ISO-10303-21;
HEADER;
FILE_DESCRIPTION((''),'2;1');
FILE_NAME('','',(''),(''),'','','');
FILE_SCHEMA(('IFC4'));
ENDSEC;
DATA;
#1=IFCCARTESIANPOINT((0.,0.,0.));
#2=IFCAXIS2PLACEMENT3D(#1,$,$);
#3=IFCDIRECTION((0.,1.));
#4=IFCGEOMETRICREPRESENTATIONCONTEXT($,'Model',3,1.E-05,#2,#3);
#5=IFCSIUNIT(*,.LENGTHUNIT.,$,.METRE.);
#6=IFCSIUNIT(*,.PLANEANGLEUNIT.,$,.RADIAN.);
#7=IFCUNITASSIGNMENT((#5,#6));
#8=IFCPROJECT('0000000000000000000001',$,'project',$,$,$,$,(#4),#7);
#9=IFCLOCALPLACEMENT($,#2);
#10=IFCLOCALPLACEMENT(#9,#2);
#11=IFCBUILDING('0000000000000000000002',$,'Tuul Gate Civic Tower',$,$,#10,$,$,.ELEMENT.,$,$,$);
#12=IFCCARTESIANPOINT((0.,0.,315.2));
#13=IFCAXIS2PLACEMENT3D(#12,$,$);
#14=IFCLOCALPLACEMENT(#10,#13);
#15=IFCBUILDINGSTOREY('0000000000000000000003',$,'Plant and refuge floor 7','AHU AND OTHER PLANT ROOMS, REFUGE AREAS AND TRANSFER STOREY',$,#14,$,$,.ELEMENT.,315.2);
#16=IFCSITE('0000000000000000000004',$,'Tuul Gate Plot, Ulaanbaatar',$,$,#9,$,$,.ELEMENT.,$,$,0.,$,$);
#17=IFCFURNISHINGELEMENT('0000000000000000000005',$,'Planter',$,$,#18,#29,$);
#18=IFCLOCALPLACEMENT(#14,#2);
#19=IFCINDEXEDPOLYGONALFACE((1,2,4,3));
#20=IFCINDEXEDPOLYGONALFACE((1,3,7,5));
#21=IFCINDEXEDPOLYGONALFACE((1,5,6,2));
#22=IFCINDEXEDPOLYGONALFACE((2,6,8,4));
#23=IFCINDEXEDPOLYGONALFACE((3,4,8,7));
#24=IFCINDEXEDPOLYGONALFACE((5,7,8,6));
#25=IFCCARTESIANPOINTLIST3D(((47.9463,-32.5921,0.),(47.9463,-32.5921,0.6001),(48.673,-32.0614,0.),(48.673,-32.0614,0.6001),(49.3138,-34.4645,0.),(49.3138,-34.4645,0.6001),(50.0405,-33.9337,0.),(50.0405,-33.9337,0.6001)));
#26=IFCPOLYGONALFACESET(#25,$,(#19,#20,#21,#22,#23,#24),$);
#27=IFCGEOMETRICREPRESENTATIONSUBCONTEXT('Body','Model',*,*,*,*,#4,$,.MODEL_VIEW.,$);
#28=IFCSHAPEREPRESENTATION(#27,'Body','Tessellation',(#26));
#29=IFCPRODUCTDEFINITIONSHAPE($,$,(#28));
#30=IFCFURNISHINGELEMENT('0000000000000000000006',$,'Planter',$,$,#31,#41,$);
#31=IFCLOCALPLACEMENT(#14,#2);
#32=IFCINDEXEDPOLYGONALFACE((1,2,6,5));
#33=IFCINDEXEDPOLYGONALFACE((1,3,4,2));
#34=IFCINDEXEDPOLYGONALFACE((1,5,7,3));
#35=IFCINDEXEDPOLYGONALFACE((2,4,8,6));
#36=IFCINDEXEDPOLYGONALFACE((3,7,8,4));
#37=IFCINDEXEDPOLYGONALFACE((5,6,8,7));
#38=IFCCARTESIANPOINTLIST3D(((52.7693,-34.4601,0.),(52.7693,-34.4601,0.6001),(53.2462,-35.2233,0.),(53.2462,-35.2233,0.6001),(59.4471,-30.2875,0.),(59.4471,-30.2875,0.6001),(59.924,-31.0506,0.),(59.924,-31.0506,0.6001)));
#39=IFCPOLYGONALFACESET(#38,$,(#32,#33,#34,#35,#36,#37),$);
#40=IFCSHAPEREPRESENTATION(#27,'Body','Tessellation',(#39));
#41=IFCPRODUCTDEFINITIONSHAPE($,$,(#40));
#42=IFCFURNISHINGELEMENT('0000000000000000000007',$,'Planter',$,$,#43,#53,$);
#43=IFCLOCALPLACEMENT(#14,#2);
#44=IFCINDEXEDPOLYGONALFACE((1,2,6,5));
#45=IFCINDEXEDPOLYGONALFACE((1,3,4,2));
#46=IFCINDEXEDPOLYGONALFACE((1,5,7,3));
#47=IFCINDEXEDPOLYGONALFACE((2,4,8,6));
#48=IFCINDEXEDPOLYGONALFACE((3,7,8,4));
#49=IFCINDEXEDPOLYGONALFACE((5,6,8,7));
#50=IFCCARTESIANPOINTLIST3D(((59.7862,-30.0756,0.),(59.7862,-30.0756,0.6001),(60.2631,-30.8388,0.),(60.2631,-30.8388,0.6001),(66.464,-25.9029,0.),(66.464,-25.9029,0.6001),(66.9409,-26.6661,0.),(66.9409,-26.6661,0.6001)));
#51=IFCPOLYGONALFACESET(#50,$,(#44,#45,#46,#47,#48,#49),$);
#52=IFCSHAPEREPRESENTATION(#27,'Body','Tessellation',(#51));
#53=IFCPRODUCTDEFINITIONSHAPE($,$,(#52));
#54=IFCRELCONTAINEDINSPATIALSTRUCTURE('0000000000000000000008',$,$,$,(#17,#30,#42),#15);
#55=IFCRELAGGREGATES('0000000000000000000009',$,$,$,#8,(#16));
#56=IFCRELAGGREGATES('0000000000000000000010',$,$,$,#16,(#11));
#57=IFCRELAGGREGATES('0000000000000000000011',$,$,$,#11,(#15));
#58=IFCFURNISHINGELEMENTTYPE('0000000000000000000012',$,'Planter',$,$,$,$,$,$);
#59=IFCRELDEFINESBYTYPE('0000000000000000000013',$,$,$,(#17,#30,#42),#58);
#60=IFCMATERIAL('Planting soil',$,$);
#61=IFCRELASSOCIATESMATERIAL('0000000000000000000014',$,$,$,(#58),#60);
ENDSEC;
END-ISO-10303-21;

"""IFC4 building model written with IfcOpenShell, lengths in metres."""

from ifc_helpers import new_model, si_unit, direction, frame, origin, origin_2d, place, context, subcontext, project, spatial, rectangle, extrude, material, type_object, element, save


model = new_model("IFC4")

# Units and contexts
model_context = context("Model", 3, precision=1e-05, world=origin(), true_north=direction((0.0, 1.0)))
body_context = subcontext(model_context, "Body", "Model", "MODEL_VIEW")
ifc_project = project(units=[si_unit("LENGTHUNIT", "METRE"), si_unit("PLANEANGLEUNIT", "RADIAN")], contexts=[model_context])

# Site, building, storey
site_placement = place(None, origin())
site = spatial("IfcSite", under=ifc_project, at=site_placement, Name="Tuul Gate Plot, Ulaanbaatar", CompositionType="ELEMENT", RefElevation=0.0)
building_placement = place(site_placement, origin())
building = spatial("IfcBuilding", under=site, at=building_placement, Name="Tuul Gate Civic Tower", CompositionType="ELEMENT")
storey_placement = place(building_placement, frame((0.0, 0.0, 315.2)))
storey = spatial("IfcBuildingStorey", under=building, at=storey_placement, Name="Plant and refuge floor 7", Description="AHU AND OTHER PLANT ROOMS, REFUGE AREAS AND TRANSFER STOREY", CompositionType="ELEMENT", Elevation=315.2)

# Furnishing elements
ifc_material_1 = material(Name="Planting soil")
furnishing_element_type = type_object("IfcFurnishingElementType", Name="Planter", material=ifc_material_1)
furnishing_placement = place(storey_placement, frame((48.9934, -33.2629, 0.0), z_axis=(0.0, 0.0, 1.0), x_axis=(0.589803, -0.807547, 0.0)))
element("IfcFurnishingElement", 1, at=furnishing_placement, inside=storey, type_object=furnishing_element_type, Name="Planter", context=body_context, shape_type="SweptSolid", body=[
    extrude(rectangle(XDim=2.3186, YDim=0.8999, at=origin_2d()), origin(), (0.0, 0.0, 1.0), 0.6001),
])
for number, where, z_axis, x_axis, name in (
    (2, (56.3467, -32.7554, 0.0), (0.0, 0.0, 1.0), (0.848053, 0.529912, 0.0), "Planter"),
    (3, (63.3635, -28.3708, 0.0), (0.0, 0.0, 1.0), (0.848053, 0.529912, 0.0), "Planter"),
):
    element("IfcFurnishingElement", number, at=place(storey_placement, frame(where, z_axis=z_axis, x_axis=x_axis)), inside=storey, type_object=furnishing_element_type, Name=name, context=body_context, shape_type="SweptSolid", body=[
        extrude(rectangle(XDim=7.8743, YDim=0.8999, at=origin_2d()), origin(), (0.0, 0.0, 1.0), 0.6001),
    ])

save(model, "model.ifc")
